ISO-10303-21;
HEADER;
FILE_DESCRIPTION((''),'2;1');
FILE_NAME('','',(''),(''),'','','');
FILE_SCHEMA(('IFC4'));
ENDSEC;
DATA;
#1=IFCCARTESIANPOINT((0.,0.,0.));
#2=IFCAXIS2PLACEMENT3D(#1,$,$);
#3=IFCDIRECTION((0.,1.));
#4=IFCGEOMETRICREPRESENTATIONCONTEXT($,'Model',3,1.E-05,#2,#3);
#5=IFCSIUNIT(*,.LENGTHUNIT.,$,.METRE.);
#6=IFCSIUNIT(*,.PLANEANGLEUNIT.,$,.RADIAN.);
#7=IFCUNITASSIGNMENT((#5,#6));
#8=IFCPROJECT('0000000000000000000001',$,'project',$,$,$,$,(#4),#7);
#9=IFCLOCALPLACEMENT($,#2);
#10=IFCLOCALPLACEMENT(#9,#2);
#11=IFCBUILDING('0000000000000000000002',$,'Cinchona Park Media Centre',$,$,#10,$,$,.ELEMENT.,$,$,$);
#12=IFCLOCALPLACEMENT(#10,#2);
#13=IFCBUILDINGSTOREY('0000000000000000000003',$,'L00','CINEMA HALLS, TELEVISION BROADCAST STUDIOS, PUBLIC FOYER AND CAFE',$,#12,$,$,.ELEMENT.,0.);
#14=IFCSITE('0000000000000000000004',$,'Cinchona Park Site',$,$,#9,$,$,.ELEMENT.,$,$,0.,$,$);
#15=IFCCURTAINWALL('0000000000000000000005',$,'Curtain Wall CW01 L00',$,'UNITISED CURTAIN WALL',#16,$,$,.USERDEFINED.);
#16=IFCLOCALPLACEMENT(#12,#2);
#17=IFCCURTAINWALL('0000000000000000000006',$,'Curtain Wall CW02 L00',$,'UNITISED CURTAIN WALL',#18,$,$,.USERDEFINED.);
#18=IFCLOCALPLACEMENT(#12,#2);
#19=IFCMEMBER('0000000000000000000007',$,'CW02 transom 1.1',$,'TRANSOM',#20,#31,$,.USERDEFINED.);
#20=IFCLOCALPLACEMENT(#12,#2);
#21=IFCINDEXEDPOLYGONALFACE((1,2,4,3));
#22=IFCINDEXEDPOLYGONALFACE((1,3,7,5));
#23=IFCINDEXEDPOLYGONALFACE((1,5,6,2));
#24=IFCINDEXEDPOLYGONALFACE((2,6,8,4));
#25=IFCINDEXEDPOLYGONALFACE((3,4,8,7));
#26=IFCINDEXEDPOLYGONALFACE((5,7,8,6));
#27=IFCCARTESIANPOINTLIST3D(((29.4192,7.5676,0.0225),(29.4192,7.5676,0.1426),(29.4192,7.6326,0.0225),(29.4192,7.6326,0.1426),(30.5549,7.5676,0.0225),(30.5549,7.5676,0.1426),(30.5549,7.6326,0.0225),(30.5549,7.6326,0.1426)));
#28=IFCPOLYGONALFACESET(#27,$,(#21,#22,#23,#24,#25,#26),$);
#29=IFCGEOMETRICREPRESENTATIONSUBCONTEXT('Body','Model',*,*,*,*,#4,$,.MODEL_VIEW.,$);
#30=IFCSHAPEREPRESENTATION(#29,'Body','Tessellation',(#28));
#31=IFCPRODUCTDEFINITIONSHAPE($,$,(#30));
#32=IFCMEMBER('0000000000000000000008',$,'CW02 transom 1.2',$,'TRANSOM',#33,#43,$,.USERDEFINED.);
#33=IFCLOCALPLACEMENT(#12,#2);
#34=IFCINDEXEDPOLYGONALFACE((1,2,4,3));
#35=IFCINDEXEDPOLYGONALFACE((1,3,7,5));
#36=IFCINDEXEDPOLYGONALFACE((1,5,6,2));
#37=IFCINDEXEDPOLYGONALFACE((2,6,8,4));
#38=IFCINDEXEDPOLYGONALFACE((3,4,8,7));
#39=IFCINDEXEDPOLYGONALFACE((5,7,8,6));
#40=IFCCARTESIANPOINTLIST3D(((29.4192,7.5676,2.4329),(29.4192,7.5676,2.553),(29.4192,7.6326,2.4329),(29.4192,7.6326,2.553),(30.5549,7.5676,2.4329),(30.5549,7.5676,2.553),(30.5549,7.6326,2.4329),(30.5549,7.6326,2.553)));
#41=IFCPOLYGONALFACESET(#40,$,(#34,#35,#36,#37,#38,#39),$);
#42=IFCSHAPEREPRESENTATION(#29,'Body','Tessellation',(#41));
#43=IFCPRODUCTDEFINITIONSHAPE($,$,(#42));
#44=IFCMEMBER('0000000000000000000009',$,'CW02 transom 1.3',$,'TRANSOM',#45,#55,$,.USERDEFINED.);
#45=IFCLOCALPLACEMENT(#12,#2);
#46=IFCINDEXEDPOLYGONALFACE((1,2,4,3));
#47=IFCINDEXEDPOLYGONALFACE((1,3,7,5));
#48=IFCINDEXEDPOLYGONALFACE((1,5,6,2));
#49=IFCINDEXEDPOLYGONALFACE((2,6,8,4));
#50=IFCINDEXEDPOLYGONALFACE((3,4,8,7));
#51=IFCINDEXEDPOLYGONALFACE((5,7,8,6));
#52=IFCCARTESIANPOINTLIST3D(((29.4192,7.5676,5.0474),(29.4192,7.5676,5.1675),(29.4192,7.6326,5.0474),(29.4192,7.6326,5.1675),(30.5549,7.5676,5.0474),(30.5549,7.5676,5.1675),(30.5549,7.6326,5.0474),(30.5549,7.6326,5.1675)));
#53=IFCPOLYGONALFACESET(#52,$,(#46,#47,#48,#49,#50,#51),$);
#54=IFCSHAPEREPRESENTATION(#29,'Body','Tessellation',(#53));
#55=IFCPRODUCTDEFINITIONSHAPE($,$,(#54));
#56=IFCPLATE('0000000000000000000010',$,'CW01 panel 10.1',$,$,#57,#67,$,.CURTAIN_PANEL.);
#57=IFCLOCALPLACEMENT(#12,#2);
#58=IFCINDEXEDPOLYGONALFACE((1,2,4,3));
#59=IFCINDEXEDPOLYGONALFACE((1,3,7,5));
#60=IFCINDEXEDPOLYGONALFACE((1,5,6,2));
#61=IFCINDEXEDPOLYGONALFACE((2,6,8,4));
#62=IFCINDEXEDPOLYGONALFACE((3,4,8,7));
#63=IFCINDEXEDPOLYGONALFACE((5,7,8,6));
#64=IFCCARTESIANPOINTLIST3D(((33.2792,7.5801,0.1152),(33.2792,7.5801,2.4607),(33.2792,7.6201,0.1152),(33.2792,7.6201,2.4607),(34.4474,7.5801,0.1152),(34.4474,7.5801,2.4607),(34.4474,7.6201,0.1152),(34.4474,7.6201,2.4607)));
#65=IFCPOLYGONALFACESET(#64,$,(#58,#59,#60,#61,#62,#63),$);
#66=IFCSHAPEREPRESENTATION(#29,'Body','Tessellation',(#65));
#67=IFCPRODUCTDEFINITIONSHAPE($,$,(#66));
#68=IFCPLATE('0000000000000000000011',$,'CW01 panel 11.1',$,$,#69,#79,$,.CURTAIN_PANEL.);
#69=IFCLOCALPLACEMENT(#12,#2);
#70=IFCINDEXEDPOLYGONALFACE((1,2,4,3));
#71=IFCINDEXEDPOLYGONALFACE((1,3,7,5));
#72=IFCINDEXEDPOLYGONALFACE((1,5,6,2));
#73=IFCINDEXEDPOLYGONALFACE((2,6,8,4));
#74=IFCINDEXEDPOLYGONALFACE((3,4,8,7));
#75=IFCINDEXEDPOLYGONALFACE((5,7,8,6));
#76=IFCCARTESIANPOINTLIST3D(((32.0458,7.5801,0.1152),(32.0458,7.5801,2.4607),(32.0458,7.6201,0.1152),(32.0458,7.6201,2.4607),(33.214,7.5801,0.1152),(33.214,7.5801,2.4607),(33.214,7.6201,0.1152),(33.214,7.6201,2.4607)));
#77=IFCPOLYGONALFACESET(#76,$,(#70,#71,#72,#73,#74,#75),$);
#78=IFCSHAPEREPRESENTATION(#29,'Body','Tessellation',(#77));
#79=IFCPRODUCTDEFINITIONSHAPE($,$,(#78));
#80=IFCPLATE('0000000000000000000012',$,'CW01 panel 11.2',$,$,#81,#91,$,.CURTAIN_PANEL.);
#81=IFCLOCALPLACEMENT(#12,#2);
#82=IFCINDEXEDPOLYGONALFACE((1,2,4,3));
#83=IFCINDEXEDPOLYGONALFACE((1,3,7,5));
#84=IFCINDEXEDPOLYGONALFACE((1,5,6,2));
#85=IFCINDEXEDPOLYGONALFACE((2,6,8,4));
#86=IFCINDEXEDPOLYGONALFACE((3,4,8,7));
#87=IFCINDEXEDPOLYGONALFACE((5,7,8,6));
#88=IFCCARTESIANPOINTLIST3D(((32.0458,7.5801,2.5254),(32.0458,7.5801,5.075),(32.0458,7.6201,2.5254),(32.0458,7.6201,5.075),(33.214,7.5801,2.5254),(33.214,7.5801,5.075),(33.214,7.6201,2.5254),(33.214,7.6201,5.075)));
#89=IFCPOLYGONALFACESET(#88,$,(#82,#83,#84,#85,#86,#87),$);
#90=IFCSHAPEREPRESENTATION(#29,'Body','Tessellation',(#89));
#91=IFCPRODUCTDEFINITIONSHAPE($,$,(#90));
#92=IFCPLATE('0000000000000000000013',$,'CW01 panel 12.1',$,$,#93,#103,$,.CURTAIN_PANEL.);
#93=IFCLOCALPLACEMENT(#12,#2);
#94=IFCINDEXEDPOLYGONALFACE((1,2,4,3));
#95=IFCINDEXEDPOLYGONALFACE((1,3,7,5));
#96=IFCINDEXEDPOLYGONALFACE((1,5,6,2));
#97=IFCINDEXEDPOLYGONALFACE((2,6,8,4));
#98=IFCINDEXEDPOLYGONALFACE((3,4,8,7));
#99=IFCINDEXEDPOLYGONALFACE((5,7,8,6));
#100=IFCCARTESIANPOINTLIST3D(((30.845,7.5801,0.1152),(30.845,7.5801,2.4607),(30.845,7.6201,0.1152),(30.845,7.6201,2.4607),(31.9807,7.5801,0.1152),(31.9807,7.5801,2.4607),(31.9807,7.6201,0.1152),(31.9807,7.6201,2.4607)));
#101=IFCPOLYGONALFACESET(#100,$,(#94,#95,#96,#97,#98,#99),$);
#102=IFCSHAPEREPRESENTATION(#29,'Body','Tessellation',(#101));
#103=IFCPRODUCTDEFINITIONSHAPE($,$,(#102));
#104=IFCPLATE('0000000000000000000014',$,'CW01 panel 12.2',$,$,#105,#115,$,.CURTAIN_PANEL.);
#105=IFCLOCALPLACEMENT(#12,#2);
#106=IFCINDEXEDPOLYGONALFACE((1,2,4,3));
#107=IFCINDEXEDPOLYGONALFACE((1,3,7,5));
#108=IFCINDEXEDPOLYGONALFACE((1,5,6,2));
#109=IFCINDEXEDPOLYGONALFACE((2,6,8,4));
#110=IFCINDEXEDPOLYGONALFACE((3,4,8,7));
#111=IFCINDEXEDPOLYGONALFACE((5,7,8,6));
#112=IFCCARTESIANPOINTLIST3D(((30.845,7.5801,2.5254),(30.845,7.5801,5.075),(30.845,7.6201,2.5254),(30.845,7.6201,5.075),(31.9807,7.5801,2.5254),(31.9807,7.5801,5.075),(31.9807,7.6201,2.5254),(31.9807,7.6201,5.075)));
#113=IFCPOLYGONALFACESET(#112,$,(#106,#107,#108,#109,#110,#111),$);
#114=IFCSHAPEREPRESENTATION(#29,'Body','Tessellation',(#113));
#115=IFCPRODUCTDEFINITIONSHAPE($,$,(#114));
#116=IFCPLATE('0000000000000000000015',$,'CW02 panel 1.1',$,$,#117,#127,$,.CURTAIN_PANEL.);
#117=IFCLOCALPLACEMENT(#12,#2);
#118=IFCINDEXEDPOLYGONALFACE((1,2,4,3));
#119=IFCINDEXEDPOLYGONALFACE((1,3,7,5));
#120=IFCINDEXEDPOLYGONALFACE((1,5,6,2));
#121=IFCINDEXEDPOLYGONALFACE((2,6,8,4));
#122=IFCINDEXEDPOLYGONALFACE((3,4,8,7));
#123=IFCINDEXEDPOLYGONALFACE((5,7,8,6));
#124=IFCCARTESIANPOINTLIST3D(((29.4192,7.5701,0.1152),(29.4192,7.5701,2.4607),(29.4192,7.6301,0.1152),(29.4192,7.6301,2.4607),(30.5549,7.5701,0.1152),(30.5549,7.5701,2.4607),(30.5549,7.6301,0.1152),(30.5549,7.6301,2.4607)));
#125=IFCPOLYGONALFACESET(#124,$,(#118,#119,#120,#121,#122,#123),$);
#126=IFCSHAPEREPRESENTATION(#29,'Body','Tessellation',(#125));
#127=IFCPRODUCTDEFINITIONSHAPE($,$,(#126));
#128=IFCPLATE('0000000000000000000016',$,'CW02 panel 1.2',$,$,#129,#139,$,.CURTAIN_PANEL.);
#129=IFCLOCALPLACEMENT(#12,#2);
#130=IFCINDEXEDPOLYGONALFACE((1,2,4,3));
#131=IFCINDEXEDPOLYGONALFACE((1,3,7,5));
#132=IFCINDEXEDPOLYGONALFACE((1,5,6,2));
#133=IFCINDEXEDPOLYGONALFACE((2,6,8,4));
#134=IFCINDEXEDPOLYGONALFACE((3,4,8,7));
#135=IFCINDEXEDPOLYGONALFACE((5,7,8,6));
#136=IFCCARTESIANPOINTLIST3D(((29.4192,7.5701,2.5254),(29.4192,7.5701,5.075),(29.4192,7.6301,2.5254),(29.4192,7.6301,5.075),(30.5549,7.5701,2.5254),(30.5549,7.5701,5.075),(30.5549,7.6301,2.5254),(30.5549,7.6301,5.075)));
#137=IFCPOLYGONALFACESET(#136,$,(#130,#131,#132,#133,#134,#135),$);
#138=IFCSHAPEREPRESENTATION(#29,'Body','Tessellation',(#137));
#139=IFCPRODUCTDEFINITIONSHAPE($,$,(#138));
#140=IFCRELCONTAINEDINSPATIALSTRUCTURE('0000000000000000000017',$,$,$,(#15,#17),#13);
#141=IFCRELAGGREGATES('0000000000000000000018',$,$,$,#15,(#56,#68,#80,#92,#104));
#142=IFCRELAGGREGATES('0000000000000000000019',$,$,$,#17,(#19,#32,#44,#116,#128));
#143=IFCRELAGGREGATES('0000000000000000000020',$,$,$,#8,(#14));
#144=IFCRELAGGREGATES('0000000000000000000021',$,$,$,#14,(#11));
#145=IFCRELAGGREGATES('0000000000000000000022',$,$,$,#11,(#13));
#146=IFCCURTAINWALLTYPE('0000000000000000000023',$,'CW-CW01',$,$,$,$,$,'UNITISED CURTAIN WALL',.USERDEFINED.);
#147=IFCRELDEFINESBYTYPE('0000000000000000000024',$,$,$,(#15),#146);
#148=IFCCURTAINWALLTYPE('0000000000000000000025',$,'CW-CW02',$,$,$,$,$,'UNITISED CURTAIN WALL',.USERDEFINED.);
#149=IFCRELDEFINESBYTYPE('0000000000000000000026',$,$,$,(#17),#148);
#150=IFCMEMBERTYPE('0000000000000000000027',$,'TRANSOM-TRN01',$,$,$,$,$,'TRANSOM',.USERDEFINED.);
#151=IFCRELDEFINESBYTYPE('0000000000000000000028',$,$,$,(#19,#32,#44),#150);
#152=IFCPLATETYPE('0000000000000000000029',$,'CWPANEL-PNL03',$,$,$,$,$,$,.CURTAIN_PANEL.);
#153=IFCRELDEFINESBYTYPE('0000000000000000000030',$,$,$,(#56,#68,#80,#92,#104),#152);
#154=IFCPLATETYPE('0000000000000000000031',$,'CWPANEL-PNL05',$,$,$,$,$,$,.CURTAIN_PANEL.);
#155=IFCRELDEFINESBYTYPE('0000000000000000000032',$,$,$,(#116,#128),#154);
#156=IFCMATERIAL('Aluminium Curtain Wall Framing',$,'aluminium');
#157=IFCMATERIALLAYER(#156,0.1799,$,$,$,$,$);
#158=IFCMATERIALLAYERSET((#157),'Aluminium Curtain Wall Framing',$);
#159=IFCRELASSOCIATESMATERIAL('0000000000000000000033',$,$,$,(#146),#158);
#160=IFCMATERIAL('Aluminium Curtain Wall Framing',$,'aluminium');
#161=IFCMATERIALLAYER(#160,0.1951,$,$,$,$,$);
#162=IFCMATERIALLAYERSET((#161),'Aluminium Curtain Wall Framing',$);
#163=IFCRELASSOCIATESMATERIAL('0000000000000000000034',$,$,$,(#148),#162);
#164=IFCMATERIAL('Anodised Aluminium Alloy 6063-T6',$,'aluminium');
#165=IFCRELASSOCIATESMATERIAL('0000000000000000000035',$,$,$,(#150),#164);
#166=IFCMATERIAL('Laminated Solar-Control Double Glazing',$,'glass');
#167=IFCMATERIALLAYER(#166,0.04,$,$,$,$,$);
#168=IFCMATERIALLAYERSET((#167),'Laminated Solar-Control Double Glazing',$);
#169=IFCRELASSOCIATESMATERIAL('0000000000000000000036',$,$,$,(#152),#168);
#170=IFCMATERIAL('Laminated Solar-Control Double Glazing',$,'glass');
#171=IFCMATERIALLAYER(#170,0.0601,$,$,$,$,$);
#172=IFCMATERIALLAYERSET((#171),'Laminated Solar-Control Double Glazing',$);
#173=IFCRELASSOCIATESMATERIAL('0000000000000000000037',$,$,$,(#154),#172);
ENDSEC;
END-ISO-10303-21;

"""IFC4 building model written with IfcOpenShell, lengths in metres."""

from ifc_helpers import new_model, si_unit, direction, frame, origin, origin_2d, place, context, subcontext, project, spatial, rectangle, extrude, material, layer, layer_set, material_profile, profile_set, type_object, element, aggregate, save


model = new_model("IFC4")

# Units and contexts
model_context = context("Model", 3, precision=1e-05, world=origin(), true_north=direction((0.0, 1.0)))
body_context = subcontext(model_context, "Body", "Model", "MODEL_VIEW")
ifc_project = project(units=[si_unit("LENGTHUNIT", "METRE"), si_unit("PLANEANGLEUNIT", "RADIAN")], contexts=[model_context])

# Site, building, storey
site_placement = place(None, origin())
site = spatial("IfcSite", under=ifc_project, at=site_placement, Name="Cinchona Park Site", CompositionType="ELEMENT", RefElevation=0.0)
building_placement = place(site_placement, origin())
building = spatial("IfcBuilding", under=site, at=building_placement, Name="Cinchona Park Media Centre", CompositionType="ELEMENT")
storey_placement = place(building_placement, origin())
storey = spatial("IfcBuildingStorey", under=building, at=storey_placement, Name="L00", Description="CINEMA HALLS, TELEVISION BROADCAST STUDIOS, PUBLIC FOYER AND CAFE", CompositionType="ELEMENT", Elevation=0.0)

# Curtain walls
ifc_material_1 = material(Name="Aluminium Curtain Wall Framing", Category="aluminium")
ifc_layer_1 = layer(ifc_material_1, 0.1799)
ifc_layer_set_1 = layer_set([ifc_layer_1], Name="Aluminium Curtain Wall Framing")
curtain_wall_type_1 = type_object("IfcCurtainWallType", Name="CW-CW01", ElementType="UNITISED CURTAIN WALL", PredefinedType="USERDEFINED", material=ifc_layer_set_1)
curtain_wall_1_placement = place(storey_placement, origin())
curtain_wall_1 = element("IfcCurtainWall", 1, at=curtain_wall_1_placement, inside=storey, type_object=curtain_wall_type_1, Name="Curtain Wall CW01 L00", ObjectType="UNITISED CURTAIN WALL", PredefinedType="USERDEFINED")
ifc_material_2 = material(Name="Aluminium Curtain Wall Framing", Category="aluminium")
ifc_layer_2 = layer(ifc_material_2, 0.1951)
ifc_layer_set_2 = layer_set([ifc_layer_2], Name="Aluminium Curtain Wall Framing")
curtain_wall_type_2 = type_object("IfcCurtainWallType", Name="CW-CW02", ElementType="UNITISED CURTAIN WALL", PredefinedType="USERDEFINED", material=ifc_layer_set_2)
curtain_wall_2_placement = place(storey_placement, origin())
curtain_wall_2 = element("IfcCurtainWall", 2, at=curtain_wall_2_placement, inside=storey, type_object=curtain_wall_type_2, Name="Curtain Wall CW02 L00", ObjectType="UNITISED CURTAIN WALL", PredefinedType="USERDEFINED")

# Members
ifc_material_3 = material(Name="Anodised Aluminium Alloy 6063-T6", Category="aluminium")
ifc_material_profile_1 = material_profile(ifc_material_3, rectangle(XDim=0.0649, YDim=0.1201, at=origin_2d()), Name="TRN-65X120")
ifc_profile_set_1 = profile_set([ifc_material_profile_1], Name="Anodised Aluminium Alloy 6063-T6")
member_type_1 = type_object("IfcMemberType", Name="TRANSOM-TRN01", ElementType="TRANSOM", PredefinedType="USERDEFINED", material=ifc_profile_set_1)
member_1_placement = place(storey_placement, frame((30.5549, 7.6001, 0.0825), z_axis=(-1.0, 0.0, 0.0), x_axis=(0.0, -1.0, 0.0)))
member_1 = element("IfcMember", 3, at=member_1_placement, type_object=member_type_1, Name="CW02 transom 1.1", ObjectType="TRANSOM", PredefinedType="USERDEFINED", context=body_context, shape_type="SweptSolid", body=[
    extrude(rectangle(XDim=0.0649, YDim=0.1201, at=origin_2d()), origin(), (0.0, 0.0, 1.0), 1.1357),
])
member_2_placement = place(storey_placement, frame((30.5549, 7.6001, 2.4929), z_axis=(-1.0, 0.0, 0.0), x_axis=(0.0, -1.0, 0.0)))
member_2 = element("IfcMember", 4, at=member_2_placement, type_object=member_type_1, Name="CW02 transom 1.2", ObjectType="TRANSOM", PredefinedType="USERDEFINED", context=body_context, shape_type="SweptSolid", body=[
    extrude(rectangle(XDim=0.0649, YDim=0.1201, at=origin_2d()), origin(), (0.0, 0.0, 1.0), 1.1357),
])
member_3_placement = place(storey_placement, frame((30.5549, 7.6001, 5.1074), z_axis=(-1.0, 0.0, 0.0), x_axis=(0.0, -1.0, 0.0)))
member_3 = element("IfcMember", 5, at=member_3_placement, type_object=member_type_1, Name="CW02 transom 1.3", ObjectType="TRANSOM", PredefinedType="USERDEFINED", context=body_context, shape_type="SweptSolid", body=[
    extrude(rectangle(XDim=0.0649, YDim=0.1201, at=origin_2d()), origin(), (0.0, 0.0, 1.0), 1.1357),
])

# Plates
ifc_material_4 = material(Name="Laminated Solar-Control Double Glazing", Category="glass")
ifc_layer_3 = layer(ifc_material_4, 0.04)
ifc_layer_set_3 = layer_set([ifc_layer_3], Name="Laminated Solar-Control Double Glazing")
plate_type_1 = type_object("IfcPlateType", Name="CWPANEL-PNL03", PredefinedType="CURTAIN_PANEL", material=ifc_layer_set_3)
plate_1_placement = place(storey_placement, frame((33.8633, 7.6001, 0.1152), z_axis=(0.0, 0.0, 1.0), x_axis=(-1.0, 0.0, 0.0)))
plate_1 = element("IfcPlate", 6, at=plate_1_placement, type_object=plate_type_1, Name="CW01 panel 10.1", PredefinedType="CURTAIN_PANEL", context=body_context, shape_type="SweptSolid", body=[
    extrude(rectangle(XDim=1.1682, YDim=0.04, at=origin_2d()), origin(), (0.0, 0.0, 1.0), 2.3455),
])
plate_2_placement = place(storey_placement, frame((32.6299, 7.6001, 0.1152), z_axis=(0.0, 0.0, 1.0), x_axis=(-1.0, 0.0, 0.0)))
plate_2 = element("IfcPlate", 7, at=plate_2_placement, type_object=plate_type_1, Name="CW01 panel 11.1", PredefinedType="CURTAIN_PANEL", context=body_context, shape_type="SweptSolid", body=[
    extrude(rectangle(XDim=1.1682, YDim=0.04, at=origin_2d()), origin(), (0.0, 0.0, 1.0), 2.3455),
])
plate_3_placement = place(storey_placement, frame((32.6299, 7.6001, 2.5254), z_axis=(0.0, 0.0, 1.0), x_axis=(-1.0, 0.0, 0.0)))
plate_3 = element("IfcPlate", 8, at=plate_3_placement, type_object=plate_type_1, Name="CW01 panel 11.2", PredefinedType="CURTAIN_PANEL", context=body_context, shape_type="SweptSolid", body=[
    extrude(rectangle(XDim=1.1682, YDim=0.04, at=origin_2d()), origin(), (0.0, 0.0, 1.0), 2.5496),
])
plate_4_placement = place(storey_placement, frame((31.4128, 7.6001, 0.1152), z_axis=(0.0, 0.0, 1.0), x_axis=(-1.0, 0.0, 0.0)))
plate_4 = element("IfcPlate", 9, at=plate_4_placement, type_object=plate_type_1, Name="CW01 panel 12.1", PredefinedType="CURTAIN_PANEL", context=body_context, shape_type="SweptSolid", body=[
    extrude(rectangle(XDim=1.1357, YDim=0.04, at=origin_2d()), origin(), (0.0, 0.0, 1.0), 2.3455),
])
plate_5_placement = place(storey_placement, frame((31.4128, 7.6001, 2.5254), z_axis=(0.0, 0.0, 1.0), x_axis=(-1.0, 0.0, 0.0)))
plate_5 = element("IfcPlate", 10, at=plate_5_placement, type_object=plate_type_1, Name="CW01 panel 12.2", PredefinedType="CURTAIN_PANEL", context=body_context, shape_type="SweptSolid", body=[
    extrude(rectangle(XDim=1.1357, YDim=0.04, at=origin_2d()), origin(), (0.0, 0.0, 1.0), 2.5496),
])
aggregate(curtain_wall_1, [plate_1, plate_2, plate_3, plate_4, plate_5])
ifc_material_5 = material(Name="Laminated Solar-Control Double Glazing", Category="glass")
ifc_layer_4 = layer(ifc_material_5, 0.0601)
ifc_layer_set_4 = layer_set([ifc_layer_4], Name="Laminated Solar-Control Double Glazing")
plate_type_2 = type_object("IfcPlateType", Name="CWPANEL-PNL05", PredefinedType="CURTAIN_PANEL", material=ifc_layer_set_4)
plate_6_placement = place(storey_placement, frame((29.9871, 7.6001, 0.1152), z_axis=(0.0, 0.0, 1.0), x_axis=(-1.0, 0.0, 0.0)))
plate_6 = element("IfcPlate", 11, at=plate_6_placement, type_object=plate_type_2, Name="CW02 panel 1.1", PredefinedType="CURTAIN_PANEL", context=body_context, shape_type="SweptSolid", body=[
    extrude(rectangle(XDim=1.1357, YDim=0.0601, at=origin_2d()), origin(), (0.0, 0.0, 1.0), 2.3455),
])
plate_7_placement = place(storey_placement, frame((29.9871, 7.6001, 2.5254), z_axis=(0.0, 0.0, 1.0), x_axis=(-1.0, 0.0, 0.0)))
plate_7 = element("IfcPlate", 12, at=plate_7_placement, type_object=plate_type_2, Name="CW02 panel 1.2", PredefinedType="CURTAIN_PANEL", context=body_context, shape_type="SweptSolid", body=[
    extrude(rectangle(XDim=1.1357, YDim=0.0601, at=origin_2d()), origin(), (0.0, 0.0, 1.0), 2.5496),
])
aggregate(curtain_wall_2, [member_1, member_2, member_3, plate_6, plate_7])

save(model, "model.ifc")
